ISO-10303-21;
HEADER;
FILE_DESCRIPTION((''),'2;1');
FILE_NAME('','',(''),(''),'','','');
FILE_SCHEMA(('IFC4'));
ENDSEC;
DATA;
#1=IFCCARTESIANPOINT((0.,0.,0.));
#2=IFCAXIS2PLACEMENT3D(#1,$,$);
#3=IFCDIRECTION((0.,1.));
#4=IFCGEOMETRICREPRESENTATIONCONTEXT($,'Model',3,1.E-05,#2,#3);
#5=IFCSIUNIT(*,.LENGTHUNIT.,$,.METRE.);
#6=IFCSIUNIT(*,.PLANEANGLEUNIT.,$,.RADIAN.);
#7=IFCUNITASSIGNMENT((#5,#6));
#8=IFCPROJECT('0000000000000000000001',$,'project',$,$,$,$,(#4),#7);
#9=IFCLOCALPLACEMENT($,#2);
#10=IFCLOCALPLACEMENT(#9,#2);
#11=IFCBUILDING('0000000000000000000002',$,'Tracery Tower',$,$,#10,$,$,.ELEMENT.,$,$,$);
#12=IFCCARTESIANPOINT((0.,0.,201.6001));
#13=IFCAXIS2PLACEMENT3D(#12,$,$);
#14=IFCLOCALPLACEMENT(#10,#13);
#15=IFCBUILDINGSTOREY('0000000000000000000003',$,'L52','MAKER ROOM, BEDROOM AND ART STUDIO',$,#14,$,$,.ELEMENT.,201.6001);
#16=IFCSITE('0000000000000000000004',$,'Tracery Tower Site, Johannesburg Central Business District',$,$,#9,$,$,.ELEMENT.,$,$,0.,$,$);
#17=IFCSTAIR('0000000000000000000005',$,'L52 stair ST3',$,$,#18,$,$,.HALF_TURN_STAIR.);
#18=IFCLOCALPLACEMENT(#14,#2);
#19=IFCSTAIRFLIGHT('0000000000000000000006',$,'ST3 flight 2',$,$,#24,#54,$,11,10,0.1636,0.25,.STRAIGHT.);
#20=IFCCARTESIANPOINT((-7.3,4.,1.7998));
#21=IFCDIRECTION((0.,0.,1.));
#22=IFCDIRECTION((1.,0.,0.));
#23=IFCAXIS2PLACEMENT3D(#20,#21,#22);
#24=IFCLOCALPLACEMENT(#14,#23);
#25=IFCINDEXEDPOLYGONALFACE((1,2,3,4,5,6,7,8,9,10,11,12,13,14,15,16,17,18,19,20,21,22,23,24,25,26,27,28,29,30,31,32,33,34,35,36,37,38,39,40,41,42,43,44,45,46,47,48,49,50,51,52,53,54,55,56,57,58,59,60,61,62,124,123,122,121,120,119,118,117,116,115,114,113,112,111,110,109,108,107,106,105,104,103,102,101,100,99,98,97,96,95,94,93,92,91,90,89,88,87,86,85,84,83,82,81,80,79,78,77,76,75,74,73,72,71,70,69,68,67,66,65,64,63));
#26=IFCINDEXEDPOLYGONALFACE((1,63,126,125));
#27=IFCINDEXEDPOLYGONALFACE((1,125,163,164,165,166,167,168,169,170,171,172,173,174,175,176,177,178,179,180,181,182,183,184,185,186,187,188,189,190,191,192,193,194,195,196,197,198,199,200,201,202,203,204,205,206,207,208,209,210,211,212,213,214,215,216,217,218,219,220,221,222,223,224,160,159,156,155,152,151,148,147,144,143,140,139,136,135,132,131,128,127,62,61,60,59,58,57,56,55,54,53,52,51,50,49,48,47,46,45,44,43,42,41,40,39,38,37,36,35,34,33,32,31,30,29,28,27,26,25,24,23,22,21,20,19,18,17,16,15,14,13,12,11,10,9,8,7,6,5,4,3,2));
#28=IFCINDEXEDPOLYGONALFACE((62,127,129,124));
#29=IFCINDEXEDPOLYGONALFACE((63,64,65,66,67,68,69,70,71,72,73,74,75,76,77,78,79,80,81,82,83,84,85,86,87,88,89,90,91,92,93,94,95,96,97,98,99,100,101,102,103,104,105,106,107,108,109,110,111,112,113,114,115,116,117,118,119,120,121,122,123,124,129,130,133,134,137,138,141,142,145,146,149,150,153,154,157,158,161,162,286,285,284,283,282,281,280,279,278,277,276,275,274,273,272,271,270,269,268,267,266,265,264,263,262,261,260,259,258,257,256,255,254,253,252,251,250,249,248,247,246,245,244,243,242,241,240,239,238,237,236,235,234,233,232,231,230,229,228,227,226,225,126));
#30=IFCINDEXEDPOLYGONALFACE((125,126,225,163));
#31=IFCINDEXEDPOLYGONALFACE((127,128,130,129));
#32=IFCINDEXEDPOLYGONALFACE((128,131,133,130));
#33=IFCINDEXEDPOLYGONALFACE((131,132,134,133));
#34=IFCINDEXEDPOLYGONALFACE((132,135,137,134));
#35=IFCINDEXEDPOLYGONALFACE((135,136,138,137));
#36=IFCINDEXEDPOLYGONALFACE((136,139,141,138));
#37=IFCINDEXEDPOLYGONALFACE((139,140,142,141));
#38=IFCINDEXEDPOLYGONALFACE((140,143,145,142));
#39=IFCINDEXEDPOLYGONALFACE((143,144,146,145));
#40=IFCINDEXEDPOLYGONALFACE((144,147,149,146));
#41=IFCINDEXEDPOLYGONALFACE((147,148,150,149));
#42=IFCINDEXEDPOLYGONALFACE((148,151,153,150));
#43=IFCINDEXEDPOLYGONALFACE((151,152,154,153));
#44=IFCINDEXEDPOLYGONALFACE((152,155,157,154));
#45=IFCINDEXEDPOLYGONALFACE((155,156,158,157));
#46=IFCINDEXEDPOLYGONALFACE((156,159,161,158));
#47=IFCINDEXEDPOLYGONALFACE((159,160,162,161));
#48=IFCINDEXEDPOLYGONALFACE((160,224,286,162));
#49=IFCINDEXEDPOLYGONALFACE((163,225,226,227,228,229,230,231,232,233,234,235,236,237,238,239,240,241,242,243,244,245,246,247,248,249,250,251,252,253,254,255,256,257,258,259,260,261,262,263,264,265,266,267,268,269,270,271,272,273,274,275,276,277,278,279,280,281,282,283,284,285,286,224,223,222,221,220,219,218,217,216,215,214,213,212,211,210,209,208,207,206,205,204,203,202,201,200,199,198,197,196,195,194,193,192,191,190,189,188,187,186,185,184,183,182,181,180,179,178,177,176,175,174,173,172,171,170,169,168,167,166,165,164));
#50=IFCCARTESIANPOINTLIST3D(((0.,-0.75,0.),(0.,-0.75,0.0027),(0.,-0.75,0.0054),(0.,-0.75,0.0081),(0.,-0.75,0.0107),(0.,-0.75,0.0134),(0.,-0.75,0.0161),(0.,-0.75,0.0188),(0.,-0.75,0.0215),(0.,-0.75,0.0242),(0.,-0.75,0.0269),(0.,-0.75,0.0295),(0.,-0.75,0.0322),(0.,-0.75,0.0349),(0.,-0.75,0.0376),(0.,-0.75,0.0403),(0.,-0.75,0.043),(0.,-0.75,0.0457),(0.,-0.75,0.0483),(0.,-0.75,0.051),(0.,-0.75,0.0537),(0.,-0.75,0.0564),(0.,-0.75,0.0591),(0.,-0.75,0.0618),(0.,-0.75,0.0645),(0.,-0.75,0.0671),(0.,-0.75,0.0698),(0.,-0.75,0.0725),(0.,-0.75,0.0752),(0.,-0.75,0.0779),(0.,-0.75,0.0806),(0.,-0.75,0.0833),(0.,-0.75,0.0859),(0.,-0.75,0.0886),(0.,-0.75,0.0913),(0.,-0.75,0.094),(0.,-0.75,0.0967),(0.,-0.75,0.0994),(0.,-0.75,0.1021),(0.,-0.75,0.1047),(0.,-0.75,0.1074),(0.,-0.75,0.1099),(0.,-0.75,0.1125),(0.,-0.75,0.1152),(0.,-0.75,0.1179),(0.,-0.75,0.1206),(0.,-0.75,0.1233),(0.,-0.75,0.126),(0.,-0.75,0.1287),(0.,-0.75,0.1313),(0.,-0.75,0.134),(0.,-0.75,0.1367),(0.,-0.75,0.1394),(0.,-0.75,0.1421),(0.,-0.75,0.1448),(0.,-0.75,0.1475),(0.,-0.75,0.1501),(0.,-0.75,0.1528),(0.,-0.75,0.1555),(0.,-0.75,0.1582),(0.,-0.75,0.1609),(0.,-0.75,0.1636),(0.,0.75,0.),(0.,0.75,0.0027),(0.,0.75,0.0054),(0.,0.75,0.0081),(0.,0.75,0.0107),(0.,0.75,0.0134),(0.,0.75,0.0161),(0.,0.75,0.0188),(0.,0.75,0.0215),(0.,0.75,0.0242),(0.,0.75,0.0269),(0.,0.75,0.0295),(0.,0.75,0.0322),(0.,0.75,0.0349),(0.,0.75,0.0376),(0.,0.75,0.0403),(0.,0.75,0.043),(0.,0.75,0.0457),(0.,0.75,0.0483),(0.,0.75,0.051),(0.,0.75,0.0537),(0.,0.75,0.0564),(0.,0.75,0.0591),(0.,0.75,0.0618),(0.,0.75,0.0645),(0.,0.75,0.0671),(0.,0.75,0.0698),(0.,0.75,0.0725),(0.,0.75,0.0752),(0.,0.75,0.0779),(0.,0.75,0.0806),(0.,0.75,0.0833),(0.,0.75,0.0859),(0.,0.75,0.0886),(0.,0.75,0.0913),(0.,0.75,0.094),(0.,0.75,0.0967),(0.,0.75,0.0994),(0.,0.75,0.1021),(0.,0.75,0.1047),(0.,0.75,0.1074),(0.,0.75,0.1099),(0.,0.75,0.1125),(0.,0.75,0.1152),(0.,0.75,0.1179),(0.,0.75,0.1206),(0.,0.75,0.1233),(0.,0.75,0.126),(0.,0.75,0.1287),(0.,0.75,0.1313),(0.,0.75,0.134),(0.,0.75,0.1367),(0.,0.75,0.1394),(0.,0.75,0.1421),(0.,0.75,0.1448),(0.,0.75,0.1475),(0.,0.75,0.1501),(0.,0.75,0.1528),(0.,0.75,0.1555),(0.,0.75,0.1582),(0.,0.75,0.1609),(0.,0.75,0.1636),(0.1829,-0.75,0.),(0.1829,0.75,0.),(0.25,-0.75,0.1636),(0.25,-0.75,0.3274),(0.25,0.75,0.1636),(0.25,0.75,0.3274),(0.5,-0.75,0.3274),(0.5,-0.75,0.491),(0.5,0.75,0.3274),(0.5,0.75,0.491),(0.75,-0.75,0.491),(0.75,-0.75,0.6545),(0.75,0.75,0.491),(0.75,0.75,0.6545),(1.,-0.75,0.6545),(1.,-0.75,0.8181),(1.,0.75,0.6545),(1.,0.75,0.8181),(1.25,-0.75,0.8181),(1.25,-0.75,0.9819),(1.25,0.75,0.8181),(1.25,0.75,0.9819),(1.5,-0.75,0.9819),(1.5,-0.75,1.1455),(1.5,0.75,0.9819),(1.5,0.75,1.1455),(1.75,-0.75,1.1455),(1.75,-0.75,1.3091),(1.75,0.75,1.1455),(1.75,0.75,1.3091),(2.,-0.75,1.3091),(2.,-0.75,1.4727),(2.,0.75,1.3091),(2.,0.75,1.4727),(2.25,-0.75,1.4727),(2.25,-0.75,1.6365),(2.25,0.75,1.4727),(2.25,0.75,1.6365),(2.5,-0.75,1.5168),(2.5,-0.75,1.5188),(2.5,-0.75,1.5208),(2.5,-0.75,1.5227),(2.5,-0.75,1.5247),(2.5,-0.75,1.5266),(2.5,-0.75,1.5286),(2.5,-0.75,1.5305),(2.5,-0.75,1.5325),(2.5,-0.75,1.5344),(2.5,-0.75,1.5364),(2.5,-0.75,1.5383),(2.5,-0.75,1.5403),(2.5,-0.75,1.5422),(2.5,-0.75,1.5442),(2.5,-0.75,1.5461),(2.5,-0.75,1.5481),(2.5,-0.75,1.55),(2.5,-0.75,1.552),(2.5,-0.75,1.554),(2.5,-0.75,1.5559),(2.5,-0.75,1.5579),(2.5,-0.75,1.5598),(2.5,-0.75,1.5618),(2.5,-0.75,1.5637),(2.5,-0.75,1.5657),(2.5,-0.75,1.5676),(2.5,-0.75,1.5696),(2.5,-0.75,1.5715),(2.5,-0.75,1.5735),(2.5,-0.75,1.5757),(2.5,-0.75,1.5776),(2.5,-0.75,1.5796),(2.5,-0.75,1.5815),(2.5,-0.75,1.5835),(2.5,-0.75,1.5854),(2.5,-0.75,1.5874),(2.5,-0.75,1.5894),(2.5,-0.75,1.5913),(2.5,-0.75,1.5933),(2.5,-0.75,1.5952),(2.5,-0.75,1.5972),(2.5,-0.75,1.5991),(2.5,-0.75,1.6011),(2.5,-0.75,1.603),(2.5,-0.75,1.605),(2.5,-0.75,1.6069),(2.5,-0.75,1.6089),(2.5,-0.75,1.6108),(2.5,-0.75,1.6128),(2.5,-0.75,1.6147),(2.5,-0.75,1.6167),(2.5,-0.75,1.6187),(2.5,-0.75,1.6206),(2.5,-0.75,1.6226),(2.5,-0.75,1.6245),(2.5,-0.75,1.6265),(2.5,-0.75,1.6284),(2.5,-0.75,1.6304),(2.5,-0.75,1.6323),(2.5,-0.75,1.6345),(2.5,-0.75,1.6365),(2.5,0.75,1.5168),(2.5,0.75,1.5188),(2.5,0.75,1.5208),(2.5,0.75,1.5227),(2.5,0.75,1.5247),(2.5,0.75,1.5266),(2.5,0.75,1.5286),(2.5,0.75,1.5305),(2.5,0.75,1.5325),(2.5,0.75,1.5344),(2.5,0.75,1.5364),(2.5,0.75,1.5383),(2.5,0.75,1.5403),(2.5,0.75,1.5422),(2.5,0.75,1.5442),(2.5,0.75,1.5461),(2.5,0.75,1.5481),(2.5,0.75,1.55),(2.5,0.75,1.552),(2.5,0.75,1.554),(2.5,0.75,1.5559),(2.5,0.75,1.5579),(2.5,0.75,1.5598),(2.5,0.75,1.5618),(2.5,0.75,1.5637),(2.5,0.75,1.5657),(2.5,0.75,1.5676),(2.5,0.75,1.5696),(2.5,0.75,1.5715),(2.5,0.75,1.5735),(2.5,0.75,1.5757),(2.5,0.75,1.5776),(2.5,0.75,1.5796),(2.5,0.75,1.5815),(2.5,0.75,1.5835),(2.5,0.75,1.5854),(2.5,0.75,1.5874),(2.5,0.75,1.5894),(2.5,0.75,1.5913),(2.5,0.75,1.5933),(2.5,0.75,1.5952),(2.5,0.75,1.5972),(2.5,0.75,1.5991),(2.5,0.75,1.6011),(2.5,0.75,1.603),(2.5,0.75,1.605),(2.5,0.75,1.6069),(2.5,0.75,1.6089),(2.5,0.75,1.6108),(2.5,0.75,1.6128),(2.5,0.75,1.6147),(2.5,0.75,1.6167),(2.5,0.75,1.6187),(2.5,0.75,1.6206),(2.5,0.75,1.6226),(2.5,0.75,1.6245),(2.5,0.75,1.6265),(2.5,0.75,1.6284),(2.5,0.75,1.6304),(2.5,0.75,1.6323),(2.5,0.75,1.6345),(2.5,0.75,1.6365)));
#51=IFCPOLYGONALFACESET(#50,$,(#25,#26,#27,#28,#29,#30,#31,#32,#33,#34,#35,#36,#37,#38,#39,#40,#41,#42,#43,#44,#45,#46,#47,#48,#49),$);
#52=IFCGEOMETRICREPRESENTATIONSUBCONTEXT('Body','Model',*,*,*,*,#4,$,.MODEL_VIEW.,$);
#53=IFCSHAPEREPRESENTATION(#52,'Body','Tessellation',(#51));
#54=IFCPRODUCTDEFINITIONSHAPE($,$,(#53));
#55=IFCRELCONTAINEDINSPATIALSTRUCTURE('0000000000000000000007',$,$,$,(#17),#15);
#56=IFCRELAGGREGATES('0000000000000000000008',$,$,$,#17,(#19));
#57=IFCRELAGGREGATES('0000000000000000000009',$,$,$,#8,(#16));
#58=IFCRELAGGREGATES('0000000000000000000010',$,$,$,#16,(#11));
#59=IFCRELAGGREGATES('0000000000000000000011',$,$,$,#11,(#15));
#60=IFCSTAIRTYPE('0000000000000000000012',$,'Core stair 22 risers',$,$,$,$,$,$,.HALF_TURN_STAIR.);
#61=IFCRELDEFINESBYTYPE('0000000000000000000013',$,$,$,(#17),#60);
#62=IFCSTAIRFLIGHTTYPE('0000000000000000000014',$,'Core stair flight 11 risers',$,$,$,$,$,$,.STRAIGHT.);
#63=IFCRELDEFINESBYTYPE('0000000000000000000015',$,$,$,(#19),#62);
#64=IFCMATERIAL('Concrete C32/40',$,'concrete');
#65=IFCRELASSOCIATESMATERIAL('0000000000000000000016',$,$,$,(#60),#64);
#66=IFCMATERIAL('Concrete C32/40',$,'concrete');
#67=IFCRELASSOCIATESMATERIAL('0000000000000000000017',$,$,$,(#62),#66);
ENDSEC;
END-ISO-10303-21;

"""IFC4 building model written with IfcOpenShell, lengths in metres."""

from ifc_helpers import new_model, si_unit, direction, frame, origin, place, context, subcontext, project, spatial, polyline, outline, extrude, material, type_object, element, aggregate, save


model = new_model("IFC4")

# Units and contexts
model_context = context("Model", 3, precision=1e-05, world=origin(), true_north=direction((0.0, 1.0)))
body_context = subcontext(model_context, "Body", "Model", "MODEL_VIEW")
ifc_project = project(units=[si_unit("LENGTHUNIT", "METRE"), si_unit("PLANEANGLEUNIT", "RADIAN")], contexts=[model_context])

# Site, building, storey
site_placement = place(None, origin())
site = spatial("IfcSite", under=ifc_project, at=site_placement, Name="Tracery Tower Site, Johannesburg Central Business District", CompositionType="ELEMENT", RefElevation=0.0)
building_placement = place(site_placement, origin())
building = spatial("IfcBuilding", under=site, at=building_placement, Name="Tracery Tower", CompositionType="ELEMENT")
storey_placement = place(building_placement, frame((0.0, 0.0, 201.6001)))
storey = spatial("IfcBuildingStorey", under=building, at=storey_placement, Name="L52", Description="MAKER ROOM, BEDROOM AND ART STUDIO", CompositionType="ELEMENT", Elevation=201.6001)

# Stair, stair flight
ifc_material_1 = material(Name="Concrete C32/40", Category="concrete")
stair_type = type_object("IfcStairType", Name="Core stair 22 risers", PredefinedType="HALF_TURN_STAIR", material=ifc_material_1)
stair_placement = place(storey_placement, origin())
stair = element("IfcStair", 1, at=stair_placement, inside=storey, type_object=stair_type, Name="L52 stair ST3", PredefinedType="HALF_TURN_STAIR")
ifc_material_2 = material(Name="Concrete C32/40", Category="concrete")
stair_flight_type = type_object("IfcStairFlightType", Name="Core stair flight 11 risers", PredefinedType="STRAIGHT", material=ifc_material_2)
stair_flight_1_placement = place(storey_placement, frame((-7.3, 4.0, 1.7998), z_axis=(0.0, 0.0, 1.0), x_axis=(1.0, 0.0, 0.0)))
stair_flight_1 = element("IfcStairFlight", 2, at=stair_flight_1_placement, type_object=stair_flight_type, Name="ST3 flight 2", NumberOfRisers=11, NumberOfTreads=10, PredefinedType="STRAIGHT", RiserHeight=0.1636, TreadLength=0.25, context=body_context, shape_type="SweptSolid", body=[
    extrude(outline(polyline([(0.0, 0.0), (0.0, 0.0027), (0.0, 0.0054), (0.0, 0.0081), (0.0, 0.0107), (0.0, 0.0134), (0.0, 0.0161), (0.0, 0.0188), (0.0, 0.0215), (0.0, 0.0242), (0.0, 0.0269), (0.0, 0.0295), (0.0, 0.0322), (0.0, 0.0349), (0.0, 0.0376), (0.0, 0.0403), (0.0, 0.043), (0.0, 0.0457), (0.0, 0.0483), (0.0, 0.051), (0.0, 0.0537), (0.0, 0.0564), (0.0, 0.0591), (0.0, 0.0618), (0.0, 0.0645), (0.0, 0.0671), (0.0, 0.0698), (0.0, 0.0725), (0.0, 0.0752), (0.0, 0.0779), (0.0, 0.0806), (0.0, 0.0833), (0.0, 0.0859), (0.0, 0.0886), (0.0, 0.0913), (0.0, 0.094), (0.0, 0.0967), (0.0, 0.0994), (0.0, 0.1021), (0.0, 0.1047), (0.0, 0.1074), (0.0, 0.1099), (0.0, 0.1125), (0.0, 0.1152), (0.0, 0.1179), (0.0, 0.1206), (0.0, 0.1233), (0.0, 0.126), (0.0, 0.1287), (0.0, 0.1313), (0.0, 0.134), (0.0, 0.1367), (0.0, 0.1394), (0.0, 0.1421), (0.0, 0.1448), (0.0, 0.1475), (0.0, 0.1501), (0.0, 0.1528), (0.0, 0.1555), (0.0, 0.1582), (0.0, 0.1609), (0.0, 0.1636), (0.25, 0.1636), (0.25, 0.3274), (0.5, 0.3274), (0.5, 0.491), (0.75, 0.491), (0.75, 0.6545), (1.0, 0.6545), (1.0, 0.8181), (1.25, 0.8181), (1.25, 0.9819), (1.5, 0.9819), (1.5, 1.1455), (1.75, 1.1455), (1.75, 1.3091), (2.0, 1.3091), (2.0, 1.4727), (2.25, 1.4727), (2.25, 1.6365), (2.5, 1.6365), (2.5, 1.6345), (2.5, 1.6323), (2.5, 1.6304), (2.5, 1.6284), (2.5, 1.6265), (2.5, 1.6245), (2.5, 1.6226), (2.5, 1.6206), (2.5, 1.6187), (2.5, 1.6167), (2.5, 1.6147), (2.5, 1.6128), (2.5, 1.6108), (2.5, 1.6089), (2.5, 1.6069), (2.5, 1.605), (2.5, 1.603), (2.5, 1.6011), (2.5, 1.5991), (2.5, 1.5972), (2.5, 1.5952), (2.5, 1.5933), (2.5, 1.5913), (2.5, 1.5894), (2.5, 1.5874), (2.5, 1.5854), (2.5, 1.5835), (2.5, 1.5815), (2.5, 1.5796), (2.5, 1.5776), (2.5, 1.5757), (2.5, 1.5735), (2.5, 1.5715), (2.5, 1.5696), (2.5, 1.5676), (2.5, 1.5657), (2.5, 1.5637), (2.5, 1.5618), (2.5, 1.5598), (2.5, 1.5579), (2.5, 1.5559), (2.5, 1.554), (2.5, 1.552), (2.5, 1.55), (2.5, 1.5481), (2.5, 1.5461), (2.5, 1.5442), (2.5, 1.5422), (2.5, 1.5403), (2.5, 1.5383), (2.5, 1.5364), (2.5, 1.5344), (2.5, 1.5325), (2.5, 1.5305), (2.5, 1.5286), (2.5, 1.5266), (2.5, 1.5247), (2.5, 1.5227), (2.5, 1.5208), (2.5, 1.5188), (2.5, 1.5168), (0.1829, 0.0), (0.0, 0.0)])), frame((0.0, 0.75, 0.0), z_axis=(0.0, -1.0, 0.0), x_axis=(1.0, 0.0, 0.0)), (0.0, 0.0, 1.0), 1.5),
])
aggregate(stair, [stair_flight_1])

save(model, "model.ifc")
